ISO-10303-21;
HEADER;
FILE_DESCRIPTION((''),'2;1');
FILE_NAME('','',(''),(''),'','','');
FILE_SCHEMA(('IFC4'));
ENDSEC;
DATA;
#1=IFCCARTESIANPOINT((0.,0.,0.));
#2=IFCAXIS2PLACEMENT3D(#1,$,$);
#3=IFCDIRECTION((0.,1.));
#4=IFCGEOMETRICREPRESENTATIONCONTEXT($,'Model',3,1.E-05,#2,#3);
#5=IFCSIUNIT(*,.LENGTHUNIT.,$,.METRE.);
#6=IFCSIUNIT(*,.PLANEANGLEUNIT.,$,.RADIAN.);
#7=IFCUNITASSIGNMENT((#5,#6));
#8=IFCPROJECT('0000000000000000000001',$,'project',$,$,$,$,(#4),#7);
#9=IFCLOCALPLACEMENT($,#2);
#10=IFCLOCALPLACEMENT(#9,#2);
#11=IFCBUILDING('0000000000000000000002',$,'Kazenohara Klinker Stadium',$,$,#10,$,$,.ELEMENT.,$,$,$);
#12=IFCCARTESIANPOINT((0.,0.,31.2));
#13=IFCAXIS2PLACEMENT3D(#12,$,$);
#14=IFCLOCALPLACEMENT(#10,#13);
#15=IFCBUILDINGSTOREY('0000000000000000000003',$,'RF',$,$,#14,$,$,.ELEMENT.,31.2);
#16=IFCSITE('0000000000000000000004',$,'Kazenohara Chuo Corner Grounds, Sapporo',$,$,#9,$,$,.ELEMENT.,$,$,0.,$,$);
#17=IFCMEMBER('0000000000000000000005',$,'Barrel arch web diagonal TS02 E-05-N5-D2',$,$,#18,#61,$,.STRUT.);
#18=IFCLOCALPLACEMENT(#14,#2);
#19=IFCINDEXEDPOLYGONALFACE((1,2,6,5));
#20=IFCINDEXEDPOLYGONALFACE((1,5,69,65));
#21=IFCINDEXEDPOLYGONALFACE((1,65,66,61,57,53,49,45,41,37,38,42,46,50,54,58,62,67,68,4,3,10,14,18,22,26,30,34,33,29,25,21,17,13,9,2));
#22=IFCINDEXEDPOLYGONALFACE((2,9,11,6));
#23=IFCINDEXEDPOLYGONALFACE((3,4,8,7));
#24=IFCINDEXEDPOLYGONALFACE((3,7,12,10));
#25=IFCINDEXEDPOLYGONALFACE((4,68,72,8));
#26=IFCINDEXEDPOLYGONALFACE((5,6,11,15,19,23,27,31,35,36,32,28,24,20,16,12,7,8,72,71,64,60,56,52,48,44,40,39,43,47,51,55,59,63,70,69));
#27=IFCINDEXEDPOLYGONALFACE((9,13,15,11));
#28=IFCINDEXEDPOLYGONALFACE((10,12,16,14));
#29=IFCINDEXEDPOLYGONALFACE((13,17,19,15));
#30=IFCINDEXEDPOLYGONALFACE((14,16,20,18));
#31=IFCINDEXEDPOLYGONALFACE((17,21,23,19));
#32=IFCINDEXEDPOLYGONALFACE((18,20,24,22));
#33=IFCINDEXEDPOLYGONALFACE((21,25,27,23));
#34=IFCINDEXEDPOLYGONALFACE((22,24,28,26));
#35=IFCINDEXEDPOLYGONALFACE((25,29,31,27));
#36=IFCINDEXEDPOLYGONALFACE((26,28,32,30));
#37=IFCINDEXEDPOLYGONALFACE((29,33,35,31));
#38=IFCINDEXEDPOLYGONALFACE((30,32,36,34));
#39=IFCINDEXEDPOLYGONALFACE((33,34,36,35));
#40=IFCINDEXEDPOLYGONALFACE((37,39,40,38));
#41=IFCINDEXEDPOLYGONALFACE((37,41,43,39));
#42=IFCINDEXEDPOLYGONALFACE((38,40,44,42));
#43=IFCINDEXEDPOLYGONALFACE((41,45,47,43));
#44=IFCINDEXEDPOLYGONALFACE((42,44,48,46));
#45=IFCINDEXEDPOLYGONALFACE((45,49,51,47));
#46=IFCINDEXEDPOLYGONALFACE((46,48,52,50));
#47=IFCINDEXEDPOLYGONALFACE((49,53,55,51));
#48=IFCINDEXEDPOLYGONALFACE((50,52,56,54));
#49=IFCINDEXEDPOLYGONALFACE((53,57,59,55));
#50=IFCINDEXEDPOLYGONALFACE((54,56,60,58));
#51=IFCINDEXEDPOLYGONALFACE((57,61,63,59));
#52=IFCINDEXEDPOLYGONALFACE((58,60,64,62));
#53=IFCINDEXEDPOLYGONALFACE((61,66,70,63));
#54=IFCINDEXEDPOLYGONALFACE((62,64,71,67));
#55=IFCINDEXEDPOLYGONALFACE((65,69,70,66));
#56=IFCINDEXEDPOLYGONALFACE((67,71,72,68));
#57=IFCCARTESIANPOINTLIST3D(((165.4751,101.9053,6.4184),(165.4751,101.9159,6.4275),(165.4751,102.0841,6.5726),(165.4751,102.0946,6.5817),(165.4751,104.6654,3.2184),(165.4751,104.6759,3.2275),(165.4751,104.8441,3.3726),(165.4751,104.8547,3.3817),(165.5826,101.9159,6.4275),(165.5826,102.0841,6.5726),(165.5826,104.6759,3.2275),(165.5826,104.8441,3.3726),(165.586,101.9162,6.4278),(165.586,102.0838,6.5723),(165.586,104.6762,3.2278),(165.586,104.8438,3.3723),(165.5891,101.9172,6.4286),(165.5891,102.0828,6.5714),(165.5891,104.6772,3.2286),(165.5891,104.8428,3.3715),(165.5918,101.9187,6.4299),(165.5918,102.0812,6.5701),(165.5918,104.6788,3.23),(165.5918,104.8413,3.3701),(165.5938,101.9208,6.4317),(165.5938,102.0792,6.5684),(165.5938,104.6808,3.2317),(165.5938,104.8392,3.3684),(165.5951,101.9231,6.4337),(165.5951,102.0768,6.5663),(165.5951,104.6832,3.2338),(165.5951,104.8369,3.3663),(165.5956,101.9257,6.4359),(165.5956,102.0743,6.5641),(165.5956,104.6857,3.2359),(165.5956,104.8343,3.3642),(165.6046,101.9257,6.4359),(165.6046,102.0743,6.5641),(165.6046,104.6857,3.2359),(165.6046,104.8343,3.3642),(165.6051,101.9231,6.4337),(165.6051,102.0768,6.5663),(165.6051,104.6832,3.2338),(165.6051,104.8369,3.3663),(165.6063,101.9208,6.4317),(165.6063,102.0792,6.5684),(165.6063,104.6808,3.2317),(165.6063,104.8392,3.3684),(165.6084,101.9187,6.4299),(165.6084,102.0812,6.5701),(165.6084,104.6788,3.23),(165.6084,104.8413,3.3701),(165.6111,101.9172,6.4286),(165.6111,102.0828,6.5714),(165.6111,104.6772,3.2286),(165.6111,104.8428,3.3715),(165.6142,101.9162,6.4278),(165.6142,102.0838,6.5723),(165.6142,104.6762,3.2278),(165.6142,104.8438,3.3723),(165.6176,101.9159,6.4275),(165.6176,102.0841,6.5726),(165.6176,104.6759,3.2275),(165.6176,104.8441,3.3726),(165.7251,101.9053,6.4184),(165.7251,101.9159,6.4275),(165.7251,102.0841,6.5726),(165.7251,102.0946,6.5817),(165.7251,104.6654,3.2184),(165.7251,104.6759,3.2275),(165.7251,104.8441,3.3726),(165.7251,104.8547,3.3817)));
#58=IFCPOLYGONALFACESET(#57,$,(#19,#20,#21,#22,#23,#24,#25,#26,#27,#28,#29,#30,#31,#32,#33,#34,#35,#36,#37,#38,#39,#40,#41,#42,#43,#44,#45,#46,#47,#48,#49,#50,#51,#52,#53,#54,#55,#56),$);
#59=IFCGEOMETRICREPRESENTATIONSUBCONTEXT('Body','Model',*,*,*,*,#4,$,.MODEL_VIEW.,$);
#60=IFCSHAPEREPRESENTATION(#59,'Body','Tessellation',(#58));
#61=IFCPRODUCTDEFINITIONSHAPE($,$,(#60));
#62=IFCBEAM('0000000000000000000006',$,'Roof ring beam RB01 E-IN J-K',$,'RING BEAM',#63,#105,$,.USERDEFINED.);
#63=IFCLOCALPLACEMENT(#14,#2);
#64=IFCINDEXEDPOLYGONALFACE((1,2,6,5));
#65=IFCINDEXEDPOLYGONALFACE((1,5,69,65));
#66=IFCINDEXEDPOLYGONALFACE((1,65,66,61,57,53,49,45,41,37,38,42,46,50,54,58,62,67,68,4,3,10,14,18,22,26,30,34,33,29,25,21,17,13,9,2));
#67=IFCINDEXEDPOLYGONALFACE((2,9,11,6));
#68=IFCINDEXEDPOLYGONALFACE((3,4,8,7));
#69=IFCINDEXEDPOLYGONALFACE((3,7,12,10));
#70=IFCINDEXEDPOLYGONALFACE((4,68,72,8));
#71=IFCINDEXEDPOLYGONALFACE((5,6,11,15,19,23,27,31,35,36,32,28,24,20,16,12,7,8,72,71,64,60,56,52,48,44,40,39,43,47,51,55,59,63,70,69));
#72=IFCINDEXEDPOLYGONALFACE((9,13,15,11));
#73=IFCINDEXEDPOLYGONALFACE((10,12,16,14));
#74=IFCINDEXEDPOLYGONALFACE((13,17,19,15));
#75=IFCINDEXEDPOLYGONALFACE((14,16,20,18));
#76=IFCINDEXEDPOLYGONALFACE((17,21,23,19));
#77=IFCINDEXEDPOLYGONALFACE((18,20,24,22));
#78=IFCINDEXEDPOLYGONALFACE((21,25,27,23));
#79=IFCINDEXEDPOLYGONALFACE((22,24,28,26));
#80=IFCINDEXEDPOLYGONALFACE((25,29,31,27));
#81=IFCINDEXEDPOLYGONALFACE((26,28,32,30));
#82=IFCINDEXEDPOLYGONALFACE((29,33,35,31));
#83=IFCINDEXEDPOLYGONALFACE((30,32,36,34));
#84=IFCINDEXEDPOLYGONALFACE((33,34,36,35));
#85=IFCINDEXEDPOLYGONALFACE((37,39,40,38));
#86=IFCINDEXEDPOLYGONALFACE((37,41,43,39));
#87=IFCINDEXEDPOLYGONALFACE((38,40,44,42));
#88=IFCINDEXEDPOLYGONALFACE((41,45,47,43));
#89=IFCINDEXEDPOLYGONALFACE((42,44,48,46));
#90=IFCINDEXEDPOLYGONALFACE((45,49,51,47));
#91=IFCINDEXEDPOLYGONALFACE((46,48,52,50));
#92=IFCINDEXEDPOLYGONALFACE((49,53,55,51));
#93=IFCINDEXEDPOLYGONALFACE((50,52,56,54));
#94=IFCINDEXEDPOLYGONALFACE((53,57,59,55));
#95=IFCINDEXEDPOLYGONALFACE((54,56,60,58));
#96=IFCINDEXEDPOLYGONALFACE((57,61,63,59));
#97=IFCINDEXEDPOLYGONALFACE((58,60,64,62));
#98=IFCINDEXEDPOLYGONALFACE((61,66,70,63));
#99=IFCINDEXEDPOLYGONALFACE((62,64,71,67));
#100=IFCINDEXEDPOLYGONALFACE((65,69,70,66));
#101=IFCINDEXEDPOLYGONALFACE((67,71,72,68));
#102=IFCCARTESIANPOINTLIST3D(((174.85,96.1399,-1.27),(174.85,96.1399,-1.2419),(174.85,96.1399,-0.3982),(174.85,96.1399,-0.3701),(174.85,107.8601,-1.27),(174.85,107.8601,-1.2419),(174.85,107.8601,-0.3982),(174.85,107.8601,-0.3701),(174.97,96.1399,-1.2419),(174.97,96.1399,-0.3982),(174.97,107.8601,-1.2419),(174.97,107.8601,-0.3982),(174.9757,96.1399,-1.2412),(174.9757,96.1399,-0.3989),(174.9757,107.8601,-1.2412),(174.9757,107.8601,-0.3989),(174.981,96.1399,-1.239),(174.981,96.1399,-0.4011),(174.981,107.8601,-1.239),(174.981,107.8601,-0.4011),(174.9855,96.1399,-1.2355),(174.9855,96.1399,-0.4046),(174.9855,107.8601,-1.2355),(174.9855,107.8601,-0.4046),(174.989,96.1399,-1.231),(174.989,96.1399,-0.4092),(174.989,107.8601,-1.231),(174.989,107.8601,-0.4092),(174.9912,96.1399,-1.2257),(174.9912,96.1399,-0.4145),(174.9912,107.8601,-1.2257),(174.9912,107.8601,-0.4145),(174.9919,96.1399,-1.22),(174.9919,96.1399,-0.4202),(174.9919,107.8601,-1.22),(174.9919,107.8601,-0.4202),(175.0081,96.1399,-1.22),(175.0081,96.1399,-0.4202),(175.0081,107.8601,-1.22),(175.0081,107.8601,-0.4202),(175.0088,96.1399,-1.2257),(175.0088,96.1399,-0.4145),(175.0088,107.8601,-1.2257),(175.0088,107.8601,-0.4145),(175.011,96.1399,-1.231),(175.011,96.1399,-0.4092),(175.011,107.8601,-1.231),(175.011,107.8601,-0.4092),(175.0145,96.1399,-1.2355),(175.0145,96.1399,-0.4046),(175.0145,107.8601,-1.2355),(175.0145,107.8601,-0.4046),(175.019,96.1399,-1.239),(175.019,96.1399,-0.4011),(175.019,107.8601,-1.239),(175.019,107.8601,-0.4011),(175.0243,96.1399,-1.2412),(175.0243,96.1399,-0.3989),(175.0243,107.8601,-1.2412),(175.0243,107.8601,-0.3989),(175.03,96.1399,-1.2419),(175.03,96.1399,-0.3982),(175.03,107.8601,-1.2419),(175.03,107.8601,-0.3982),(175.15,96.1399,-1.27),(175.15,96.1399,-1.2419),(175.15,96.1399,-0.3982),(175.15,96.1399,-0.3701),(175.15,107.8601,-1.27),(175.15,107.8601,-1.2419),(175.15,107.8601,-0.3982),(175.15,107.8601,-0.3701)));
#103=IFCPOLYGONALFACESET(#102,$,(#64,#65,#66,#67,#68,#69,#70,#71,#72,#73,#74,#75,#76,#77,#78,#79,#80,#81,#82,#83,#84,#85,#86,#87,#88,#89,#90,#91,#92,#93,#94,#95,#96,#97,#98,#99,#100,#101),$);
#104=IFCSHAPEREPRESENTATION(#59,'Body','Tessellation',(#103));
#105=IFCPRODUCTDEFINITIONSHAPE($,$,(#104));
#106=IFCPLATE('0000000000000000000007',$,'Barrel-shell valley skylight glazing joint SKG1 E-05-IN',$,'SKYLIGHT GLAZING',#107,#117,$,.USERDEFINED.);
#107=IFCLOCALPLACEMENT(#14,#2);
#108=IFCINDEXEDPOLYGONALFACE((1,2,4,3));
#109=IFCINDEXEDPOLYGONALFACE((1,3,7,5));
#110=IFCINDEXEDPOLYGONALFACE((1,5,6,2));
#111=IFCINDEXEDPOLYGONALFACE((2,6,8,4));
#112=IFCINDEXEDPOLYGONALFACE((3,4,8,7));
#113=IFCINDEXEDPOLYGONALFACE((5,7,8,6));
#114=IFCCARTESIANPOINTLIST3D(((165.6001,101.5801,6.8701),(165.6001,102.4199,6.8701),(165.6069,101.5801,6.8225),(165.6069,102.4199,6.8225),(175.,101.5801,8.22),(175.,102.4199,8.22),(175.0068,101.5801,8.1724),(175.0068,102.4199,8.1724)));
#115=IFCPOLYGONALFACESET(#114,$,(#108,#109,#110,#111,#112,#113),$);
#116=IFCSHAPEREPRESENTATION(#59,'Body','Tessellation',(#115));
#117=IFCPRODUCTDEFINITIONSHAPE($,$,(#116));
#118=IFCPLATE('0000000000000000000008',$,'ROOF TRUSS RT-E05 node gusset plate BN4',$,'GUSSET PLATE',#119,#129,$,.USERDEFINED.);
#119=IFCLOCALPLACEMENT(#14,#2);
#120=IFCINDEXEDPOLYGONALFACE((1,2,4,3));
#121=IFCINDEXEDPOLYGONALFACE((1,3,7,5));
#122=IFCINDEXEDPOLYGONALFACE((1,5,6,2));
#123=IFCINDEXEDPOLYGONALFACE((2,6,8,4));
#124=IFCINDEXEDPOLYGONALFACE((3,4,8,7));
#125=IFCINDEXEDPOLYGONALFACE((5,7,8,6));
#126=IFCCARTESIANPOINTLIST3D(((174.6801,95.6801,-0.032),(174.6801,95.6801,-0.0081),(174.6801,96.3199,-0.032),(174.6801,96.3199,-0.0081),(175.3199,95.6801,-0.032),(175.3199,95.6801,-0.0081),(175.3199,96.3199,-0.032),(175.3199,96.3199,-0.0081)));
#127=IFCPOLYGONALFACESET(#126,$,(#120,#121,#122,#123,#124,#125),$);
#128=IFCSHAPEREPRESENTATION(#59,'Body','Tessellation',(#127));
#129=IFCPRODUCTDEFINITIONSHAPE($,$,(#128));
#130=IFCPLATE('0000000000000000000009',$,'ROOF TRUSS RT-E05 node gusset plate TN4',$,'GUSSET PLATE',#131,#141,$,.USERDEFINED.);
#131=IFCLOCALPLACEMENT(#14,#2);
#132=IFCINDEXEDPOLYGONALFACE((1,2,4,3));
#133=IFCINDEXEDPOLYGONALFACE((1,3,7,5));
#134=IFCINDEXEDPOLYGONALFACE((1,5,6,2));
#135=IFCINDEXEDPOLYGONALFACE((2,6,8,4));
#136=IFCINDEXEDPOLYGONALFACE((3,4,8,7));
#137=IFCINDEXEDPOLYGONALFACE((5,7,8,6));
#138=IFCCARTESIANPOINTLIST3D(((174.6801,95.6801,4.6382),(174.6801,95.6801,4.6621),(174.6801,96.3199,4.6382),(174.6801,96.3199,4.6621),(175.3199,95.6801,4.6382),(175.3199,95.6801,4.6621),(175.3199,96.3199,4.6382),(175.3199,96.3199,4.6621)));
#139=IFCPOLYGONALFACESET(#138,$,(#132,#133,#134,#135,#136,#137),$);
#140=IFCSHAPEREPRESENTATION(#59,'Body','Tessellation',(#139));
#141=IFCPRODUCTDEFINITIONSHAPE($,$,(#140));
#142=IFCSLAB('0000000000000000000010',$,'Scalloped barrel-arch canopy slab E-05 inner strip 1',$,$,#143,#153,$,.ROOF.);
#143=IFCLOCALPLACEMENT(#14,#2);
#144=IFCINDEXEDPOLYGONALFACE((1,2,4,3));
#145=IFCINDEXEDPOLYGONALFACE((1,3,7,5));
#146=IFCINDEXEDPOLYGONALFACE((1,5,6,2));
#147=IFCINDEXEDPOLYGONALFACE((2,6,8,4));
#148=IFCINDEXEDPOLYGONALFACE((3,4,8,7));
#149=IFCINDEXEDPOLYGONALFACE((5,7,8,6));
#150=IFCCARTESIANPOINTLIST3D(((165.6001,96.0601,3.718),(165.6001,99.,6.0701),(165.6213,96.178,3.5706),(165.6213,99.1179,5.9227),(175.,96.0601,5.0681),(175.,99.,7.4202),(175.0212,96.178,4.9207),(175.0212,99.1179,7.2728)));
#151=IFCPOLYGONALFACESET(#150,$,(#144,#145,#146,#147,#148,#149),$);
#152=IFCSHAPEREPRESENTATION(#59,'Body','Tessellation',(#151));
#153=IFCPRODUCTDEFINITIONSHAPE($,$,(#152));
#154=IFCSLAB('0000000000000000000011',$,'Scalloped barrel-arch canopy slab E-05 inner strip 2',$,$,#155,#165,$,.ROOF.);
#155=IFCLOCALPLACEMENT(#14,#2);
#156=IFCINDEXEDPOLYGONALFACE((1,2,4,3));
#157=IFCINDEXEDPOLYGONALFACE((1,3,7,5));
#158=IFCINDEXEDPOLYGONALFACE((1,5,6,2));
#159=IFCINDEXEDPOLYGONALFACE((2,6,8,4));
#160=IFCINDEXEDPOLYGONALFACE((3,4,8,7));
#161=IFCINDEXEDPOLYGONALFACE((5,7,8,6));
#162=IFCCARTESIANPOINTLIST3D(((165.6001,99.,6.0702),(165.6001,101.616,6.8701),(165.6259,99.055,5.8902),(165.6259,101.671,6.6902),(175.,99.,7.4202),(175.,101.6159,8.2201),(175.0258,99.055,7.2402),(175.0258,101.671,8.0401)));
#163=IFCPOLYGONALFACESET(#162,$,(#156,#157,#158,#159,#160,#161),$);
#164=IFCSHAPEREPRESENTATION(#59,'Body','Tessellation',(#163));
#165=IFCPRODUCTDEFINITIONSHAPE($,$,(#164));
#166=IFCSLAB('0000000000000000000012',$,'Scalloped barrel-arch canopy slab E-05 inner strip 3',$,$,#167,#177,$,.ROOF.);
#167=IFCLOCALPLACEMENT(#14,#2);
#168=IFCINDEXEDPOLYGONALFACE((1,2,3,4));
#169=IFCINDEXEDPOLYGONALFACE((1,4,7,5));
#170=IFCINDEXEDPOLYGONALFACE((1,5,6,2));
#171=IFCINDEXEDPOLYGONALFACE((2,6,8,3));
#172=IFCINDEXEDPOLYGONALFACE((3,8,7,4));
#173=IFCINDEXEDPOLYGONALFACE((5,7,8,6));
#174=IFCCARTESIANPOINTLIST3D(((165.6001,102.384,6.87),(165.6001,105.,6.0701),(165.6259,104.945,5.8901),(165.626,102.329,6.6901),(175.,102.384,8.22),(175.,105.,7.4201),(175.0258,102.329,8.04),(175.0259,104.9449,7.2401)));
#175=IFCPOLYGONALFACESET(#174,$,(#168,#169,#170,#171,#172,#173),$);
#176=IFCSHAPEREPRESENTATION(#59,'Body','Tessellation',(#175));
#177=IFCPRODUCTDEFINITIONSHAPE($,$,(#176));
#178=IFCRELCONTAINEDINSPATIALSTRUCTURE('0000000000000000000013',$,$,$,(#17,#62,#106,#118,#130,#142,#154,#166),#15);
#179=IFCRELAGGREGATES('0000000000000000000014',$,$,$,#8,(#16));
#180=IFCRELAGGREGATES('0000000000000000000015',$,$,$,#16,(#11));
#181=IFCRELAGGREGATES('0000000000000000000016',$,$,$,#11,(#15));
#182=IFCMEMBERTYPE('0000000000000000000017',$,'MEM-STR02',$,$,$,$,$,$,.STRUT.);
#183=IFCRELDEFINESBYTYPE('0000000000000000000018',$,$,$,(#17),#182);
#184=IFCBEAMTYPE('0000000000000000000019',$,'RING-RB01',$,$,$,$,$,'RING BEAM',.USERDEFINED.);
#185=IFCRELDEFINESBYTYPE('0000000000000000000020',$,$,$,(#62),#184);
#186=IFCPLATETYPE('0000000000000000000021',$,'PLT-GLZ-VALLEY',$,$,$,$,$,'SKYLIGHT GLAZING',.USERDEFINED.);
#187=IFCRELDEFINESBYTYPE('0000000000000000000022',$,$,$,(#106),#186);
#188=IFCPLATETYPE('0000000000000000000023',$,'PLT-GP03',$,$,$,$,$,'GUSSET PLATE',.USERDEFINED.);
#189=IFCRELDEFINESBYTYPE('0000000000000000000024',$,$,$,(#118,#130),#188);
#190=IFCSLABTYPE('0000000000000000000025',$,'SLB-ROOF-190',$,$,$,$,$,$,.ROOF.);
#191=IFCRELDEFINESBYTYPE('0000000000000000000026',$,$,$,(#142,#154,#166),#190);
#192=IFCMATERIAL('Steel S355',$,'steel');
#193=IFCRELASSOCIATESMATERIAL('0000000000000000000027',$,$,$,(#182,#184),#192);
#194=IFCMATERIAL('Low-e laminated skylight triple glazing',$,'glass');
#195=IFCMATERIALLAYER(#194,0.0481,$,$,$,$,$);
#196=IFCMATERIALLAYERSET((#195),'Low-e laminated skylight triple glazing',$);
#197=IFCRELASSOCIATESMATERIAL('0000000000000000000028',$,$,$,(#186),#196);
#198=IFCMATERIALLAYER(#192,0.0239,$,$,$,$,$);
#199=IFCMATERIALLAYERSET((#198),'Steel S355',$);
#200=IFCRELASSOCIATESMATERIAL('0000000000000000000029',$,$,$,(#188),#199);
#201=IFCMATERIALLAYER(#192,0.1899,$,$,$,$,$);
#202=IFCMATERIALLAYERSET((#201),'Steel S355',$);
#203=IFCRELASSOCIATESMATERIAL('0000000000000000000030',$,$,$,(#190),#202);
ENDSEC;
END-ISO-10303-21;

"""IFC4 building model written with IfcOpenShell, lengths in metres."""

from ifc_helpers import new_model, si_unit, direction, frame, origin, origin_2d, place, context, subcontext, project, spatial, polyline, rectangle, i_section, outline, extrude, material, layer, layer_set, material_profile, profile_set, type_object, element, save


model = new_model("IFC4")

# Units and contexts
model_context = context("Model", 3, precision=1e-05, world=origin(), true_north=direction((0.0, 1.0)))
body_context = subcontext(model_context, "Body", "Model", "MODEL_VIEW")
ifc_project = project(units=[si_unit("LENGTHUNIT", "METRE"), si_unit("PLANEANGLEUNIT", "RADIAN")], contexts=[model_context])

# Site, building, storey
site_placement = place(None, origin())
site = spatial("IfcSite", under=ifc_project, at=site_placement, Name="Kazenohara Chuo Corner Grounds, Sapporo", CompositionType="ELEMENT", RefElevation=0.0)
building_placement = place(site_placement, origin())
building = spatial("IfcBuilding", under=site, at=building_placement, Name="Kazenohara Klinker Stadium", CompositionType="ELEMENT")
storey_placement = place(building_placement, frame((0.0, 0.0, 31.2)))
storey = spatial("IfcBuildingStorey", under=building, at=storey_placement, Name="RF", CompositionType="ELEMENT", Elevation=31.2)

# Member
ifc_material_1 = material(Name="Steel S355", Category="steel")
ifc_material_profile_1 = material_profile(ifc_material_1, i_section(OverallWidth=0.25, OverallDepth=0.25, WebThickness=0.009, FlangeThickness=0.0139, FilletRadius=0.0129, at=origin_2d()), Name="H-250x250x9x14")
ifc_profile_set_1 = profile_set([ifc_material_profile_1], Name="Steel S355")
member_type_1 = type_object("IfcMemberType", Name="MEM-STR02", PredefinedType="STRUT", material=ifc_profile_set_1)
for number, where, z_axis, x_axis, name in (
    (1, (165.6001, 104.76, 3.3), (0.0, -0.653134, 0.757242), (1.0, 0.0, 0.0), "Barrel arch web diagonal TS02 E-05-N5-D2"),
):
    element("IfcMember", number, at=place(storey_placement, frame(where, z_axis=z_axis, x_axis=x_axis)), inside=storey, type_object=member_type_1, Name=name, PredefinedType="STRUT", context=body_context, shape_type="SweptSolid", body=[
        extrude(i_section(OverallWidth=0.25, OverallDepth=0.25, WebThickness=0.009, FlangeThickness=0.0139, FilletRadius=0.0129, at=origin_2d()), origin(), (0.0, 0.0, 1.0), 4.2258),
    ])

# Beam
ifc_material_profile_2 = material_profile(ifc_material_1, i_section(OverallWidth=0.3, OverallDepth=0.8999, WebThickness=0.0161, FlangeThickness=0.0281, FilletRadius=0.022, at=origin_2d()), Name="H-900x300x16x28")
ifc_profile_set_2 = profile_set([ifc_material_profile_2], Name="Steel S355")
beam_type = type_object("IfcBeamType", Name="RING-RB01", ElementType="RING BEAM", PredefinedType="USERDEFINED", material=ifc_profile_set_2)
beam_placement = place(storey_placement, frame((175.0, 96.1399, -0.8201), z_axis=(0.0, 1.0, 0.0), x_axis=(-1.0, 0.0, 0.0)))
element("IfcBeam", 2, at=beam_placement, inside=storey, type_object=beam_type, Name="Roof ring beam RB01 E-IN J-K", ObjectType="RING BEAM", PredefinedType="USERDEFINED", context=body_context, shape_type="SweptSolid", body=[
    extrude(i_section(OverallWidth=0.3, OverallDepth=0.8999, WebThickness=0.0161, FlangeThickness=0.0281, FilletRadius=0.022, at=origin_2d()), origin(), (0.0, 0.0, 1.0), 11.7202),
])

# Plates
ifc_material_2 = material(Name="Low-e laminated skylight triple glazing", Category="glass")
ifc_layer_1 = layer(ifc_material_2, 0.0481)
ifc_layer_set_1 = layer_set([ifc_layer_1], Name="Low-e laminated skylight triple glazing")
plate_type_1 = type_object("IfcPlateType", Name="PLT-GLZ-VALLEY", ElementType="SKYLIGHT GLAZING", PredefinedType="USERDEFINED", material=ifc_layer_set_1)
plate_placement = place(storey_placement, frame((175.0, 101.5801, 8.22), z_axis=(-0.142145, 0.0, 0.989846), x_axis=(-0.989846, 0.0, -0.142145)))
element("IfcPlate", 3, at=plate_placement, inside=storey, type_object=plate_type_1, Name="Barrel-shell valley skylight glazing joint SKG1 E-05-IN", ObjectType="SKYLIGHT GLAZING", PredefinedType="USERDEFINED", context=body_context, shape_type="SweptSolid", body=[
    extrude(outline(polyline([(0.0, 0.0), (9.4963, 0.0), (9.4963, -0.8398), (0.0, -0.8398), (0.0, 0.0)])), origin(), (0.0, 0.0, -1.0), 0.0481),
])
ifc_layer_2 = layer(ifc_material_1, 0.0239)
ifc_layer_set_2 = layer_set([ifc_layer_2], Name="Steel S355")
plate_type_2 = type_object("IfcPlateType", Name="PLT-GP03", ElementType="GUSSET PLATE", PredefinedType="USERDEFINED", material=ifc_layer_set_2)
for number, where, z_axis, x_axis, name in (
    (4, (175.0, 96.0, -0.032), (0.0, 0.0, 1.0), (1.0, 0.0, 0.0), "ROOF TRUSS RT-E05 node gusset plate BN4"),
    (5, (175.0, 96.0, 4.6382), (0.0, 0.0, 1.0), (1.0, 0.0, 0.0), "ROOF TRUSS RT-E05 node gusset plate TN4"),
):
    element("IfcPlate", number, at=place(storey_placement, frame(where, z_axis=z_axis, x_axis=x_axis)), inside=storey, type_object=plate_type_2, Name=name, ObjectType="GUSSET PLATE", PredefinedType="USERDEFINED", context=body_context, shape_type="SweptSolid", body=[
        extrude(rectangle(XDim=0.6399, YDim=0.6399, at=origin_2d()), origin(), (0.0, 0.0, 1.0), 0.0239),
    ])

# Slabs
ifc_layer_3 = layer(ifc_material_1, 0.1899)
ifc_layer_set_3 = layer_set([ifc_layer_3], Name="Steel S355")
slab_type = type_object("IfcSlabType", Name="SLB-ROOF-190", PredefinedType="ROOF", material=ifc_layer_set_3)
slab_1_placement = place(storey_placement, frame((175.0, 96.0601, 5.0681), z_axis=(-0.111455, -0.620819, 0.775991), x_axis=(-0.989842, 0.0, -0.14217)))
element("IfcSlab", 6, at=slab_1_placement, inside=storey, type_object=slab_type, Name="Scalloped barrel-arch canopy slab E-05 inner strip 1", PredefinedType="ROOF", context=body_context, shape_type="SweptSolid", body=[
    extrude(outline(polyline([(0.0, 0.0), (9.4964, 0.0), (9.162, -3.7501), (-0.3344, -3.7501), (0.0, 0.0)])), origin(), (0.0, 0.0, -1.0), 0.1899),
])
slab_2_placement = place(storey_placement, frame((175.0, 99.0, 7.4202), z_axis=(-0.136061, -0.289701, 0.947397), x_axis=(-0.989844, -0.000004, -0.142158)))
element("IfcSlab", 7, at=slab_2_placement, inside=storey, type_object=slab_type, Name="Scalloped barrel-arch canopy slab E-05 inner strip 2", PredefinedType="ROOF", context=body_context, shape_type="SweptSolid", body=[
    extrude(outline(polyline([(0.0, 0.0), (9.4964, 0.0), (9.3826, -2.7332), (-0.1137, -2.7331), (0.0, 0.0)])), origin(), (0.0, 0.0, -1.0), 0.1899),
])
slab_3_placement = place(storey_placement, frame((175.0, 102.384, 8.22), z_axis=(-0.136061, 0.289701, 0.947397), x_axis=(-0.989844, -0.000004, -0.142156)))
element("IfcSlab", 8, at=slab_3_placement, inside=storey, type_object=slab_type, Name="Scalloped barrel-arch canopy slab E-05 inner strip 3", PredefinedType="ROOF", context=body_context, shape_type="SweptSolid", body=[
    extrude(outline(polyline([(0.0, 0.0), (9.4963, 0.0), (9.6101, -2.7332), (0.1137, -2.7331), (0.0, 0.0)])), origin(), (0.0, 0.0, -1.0), 0.1899),
])

save(model, "model.ifc")
